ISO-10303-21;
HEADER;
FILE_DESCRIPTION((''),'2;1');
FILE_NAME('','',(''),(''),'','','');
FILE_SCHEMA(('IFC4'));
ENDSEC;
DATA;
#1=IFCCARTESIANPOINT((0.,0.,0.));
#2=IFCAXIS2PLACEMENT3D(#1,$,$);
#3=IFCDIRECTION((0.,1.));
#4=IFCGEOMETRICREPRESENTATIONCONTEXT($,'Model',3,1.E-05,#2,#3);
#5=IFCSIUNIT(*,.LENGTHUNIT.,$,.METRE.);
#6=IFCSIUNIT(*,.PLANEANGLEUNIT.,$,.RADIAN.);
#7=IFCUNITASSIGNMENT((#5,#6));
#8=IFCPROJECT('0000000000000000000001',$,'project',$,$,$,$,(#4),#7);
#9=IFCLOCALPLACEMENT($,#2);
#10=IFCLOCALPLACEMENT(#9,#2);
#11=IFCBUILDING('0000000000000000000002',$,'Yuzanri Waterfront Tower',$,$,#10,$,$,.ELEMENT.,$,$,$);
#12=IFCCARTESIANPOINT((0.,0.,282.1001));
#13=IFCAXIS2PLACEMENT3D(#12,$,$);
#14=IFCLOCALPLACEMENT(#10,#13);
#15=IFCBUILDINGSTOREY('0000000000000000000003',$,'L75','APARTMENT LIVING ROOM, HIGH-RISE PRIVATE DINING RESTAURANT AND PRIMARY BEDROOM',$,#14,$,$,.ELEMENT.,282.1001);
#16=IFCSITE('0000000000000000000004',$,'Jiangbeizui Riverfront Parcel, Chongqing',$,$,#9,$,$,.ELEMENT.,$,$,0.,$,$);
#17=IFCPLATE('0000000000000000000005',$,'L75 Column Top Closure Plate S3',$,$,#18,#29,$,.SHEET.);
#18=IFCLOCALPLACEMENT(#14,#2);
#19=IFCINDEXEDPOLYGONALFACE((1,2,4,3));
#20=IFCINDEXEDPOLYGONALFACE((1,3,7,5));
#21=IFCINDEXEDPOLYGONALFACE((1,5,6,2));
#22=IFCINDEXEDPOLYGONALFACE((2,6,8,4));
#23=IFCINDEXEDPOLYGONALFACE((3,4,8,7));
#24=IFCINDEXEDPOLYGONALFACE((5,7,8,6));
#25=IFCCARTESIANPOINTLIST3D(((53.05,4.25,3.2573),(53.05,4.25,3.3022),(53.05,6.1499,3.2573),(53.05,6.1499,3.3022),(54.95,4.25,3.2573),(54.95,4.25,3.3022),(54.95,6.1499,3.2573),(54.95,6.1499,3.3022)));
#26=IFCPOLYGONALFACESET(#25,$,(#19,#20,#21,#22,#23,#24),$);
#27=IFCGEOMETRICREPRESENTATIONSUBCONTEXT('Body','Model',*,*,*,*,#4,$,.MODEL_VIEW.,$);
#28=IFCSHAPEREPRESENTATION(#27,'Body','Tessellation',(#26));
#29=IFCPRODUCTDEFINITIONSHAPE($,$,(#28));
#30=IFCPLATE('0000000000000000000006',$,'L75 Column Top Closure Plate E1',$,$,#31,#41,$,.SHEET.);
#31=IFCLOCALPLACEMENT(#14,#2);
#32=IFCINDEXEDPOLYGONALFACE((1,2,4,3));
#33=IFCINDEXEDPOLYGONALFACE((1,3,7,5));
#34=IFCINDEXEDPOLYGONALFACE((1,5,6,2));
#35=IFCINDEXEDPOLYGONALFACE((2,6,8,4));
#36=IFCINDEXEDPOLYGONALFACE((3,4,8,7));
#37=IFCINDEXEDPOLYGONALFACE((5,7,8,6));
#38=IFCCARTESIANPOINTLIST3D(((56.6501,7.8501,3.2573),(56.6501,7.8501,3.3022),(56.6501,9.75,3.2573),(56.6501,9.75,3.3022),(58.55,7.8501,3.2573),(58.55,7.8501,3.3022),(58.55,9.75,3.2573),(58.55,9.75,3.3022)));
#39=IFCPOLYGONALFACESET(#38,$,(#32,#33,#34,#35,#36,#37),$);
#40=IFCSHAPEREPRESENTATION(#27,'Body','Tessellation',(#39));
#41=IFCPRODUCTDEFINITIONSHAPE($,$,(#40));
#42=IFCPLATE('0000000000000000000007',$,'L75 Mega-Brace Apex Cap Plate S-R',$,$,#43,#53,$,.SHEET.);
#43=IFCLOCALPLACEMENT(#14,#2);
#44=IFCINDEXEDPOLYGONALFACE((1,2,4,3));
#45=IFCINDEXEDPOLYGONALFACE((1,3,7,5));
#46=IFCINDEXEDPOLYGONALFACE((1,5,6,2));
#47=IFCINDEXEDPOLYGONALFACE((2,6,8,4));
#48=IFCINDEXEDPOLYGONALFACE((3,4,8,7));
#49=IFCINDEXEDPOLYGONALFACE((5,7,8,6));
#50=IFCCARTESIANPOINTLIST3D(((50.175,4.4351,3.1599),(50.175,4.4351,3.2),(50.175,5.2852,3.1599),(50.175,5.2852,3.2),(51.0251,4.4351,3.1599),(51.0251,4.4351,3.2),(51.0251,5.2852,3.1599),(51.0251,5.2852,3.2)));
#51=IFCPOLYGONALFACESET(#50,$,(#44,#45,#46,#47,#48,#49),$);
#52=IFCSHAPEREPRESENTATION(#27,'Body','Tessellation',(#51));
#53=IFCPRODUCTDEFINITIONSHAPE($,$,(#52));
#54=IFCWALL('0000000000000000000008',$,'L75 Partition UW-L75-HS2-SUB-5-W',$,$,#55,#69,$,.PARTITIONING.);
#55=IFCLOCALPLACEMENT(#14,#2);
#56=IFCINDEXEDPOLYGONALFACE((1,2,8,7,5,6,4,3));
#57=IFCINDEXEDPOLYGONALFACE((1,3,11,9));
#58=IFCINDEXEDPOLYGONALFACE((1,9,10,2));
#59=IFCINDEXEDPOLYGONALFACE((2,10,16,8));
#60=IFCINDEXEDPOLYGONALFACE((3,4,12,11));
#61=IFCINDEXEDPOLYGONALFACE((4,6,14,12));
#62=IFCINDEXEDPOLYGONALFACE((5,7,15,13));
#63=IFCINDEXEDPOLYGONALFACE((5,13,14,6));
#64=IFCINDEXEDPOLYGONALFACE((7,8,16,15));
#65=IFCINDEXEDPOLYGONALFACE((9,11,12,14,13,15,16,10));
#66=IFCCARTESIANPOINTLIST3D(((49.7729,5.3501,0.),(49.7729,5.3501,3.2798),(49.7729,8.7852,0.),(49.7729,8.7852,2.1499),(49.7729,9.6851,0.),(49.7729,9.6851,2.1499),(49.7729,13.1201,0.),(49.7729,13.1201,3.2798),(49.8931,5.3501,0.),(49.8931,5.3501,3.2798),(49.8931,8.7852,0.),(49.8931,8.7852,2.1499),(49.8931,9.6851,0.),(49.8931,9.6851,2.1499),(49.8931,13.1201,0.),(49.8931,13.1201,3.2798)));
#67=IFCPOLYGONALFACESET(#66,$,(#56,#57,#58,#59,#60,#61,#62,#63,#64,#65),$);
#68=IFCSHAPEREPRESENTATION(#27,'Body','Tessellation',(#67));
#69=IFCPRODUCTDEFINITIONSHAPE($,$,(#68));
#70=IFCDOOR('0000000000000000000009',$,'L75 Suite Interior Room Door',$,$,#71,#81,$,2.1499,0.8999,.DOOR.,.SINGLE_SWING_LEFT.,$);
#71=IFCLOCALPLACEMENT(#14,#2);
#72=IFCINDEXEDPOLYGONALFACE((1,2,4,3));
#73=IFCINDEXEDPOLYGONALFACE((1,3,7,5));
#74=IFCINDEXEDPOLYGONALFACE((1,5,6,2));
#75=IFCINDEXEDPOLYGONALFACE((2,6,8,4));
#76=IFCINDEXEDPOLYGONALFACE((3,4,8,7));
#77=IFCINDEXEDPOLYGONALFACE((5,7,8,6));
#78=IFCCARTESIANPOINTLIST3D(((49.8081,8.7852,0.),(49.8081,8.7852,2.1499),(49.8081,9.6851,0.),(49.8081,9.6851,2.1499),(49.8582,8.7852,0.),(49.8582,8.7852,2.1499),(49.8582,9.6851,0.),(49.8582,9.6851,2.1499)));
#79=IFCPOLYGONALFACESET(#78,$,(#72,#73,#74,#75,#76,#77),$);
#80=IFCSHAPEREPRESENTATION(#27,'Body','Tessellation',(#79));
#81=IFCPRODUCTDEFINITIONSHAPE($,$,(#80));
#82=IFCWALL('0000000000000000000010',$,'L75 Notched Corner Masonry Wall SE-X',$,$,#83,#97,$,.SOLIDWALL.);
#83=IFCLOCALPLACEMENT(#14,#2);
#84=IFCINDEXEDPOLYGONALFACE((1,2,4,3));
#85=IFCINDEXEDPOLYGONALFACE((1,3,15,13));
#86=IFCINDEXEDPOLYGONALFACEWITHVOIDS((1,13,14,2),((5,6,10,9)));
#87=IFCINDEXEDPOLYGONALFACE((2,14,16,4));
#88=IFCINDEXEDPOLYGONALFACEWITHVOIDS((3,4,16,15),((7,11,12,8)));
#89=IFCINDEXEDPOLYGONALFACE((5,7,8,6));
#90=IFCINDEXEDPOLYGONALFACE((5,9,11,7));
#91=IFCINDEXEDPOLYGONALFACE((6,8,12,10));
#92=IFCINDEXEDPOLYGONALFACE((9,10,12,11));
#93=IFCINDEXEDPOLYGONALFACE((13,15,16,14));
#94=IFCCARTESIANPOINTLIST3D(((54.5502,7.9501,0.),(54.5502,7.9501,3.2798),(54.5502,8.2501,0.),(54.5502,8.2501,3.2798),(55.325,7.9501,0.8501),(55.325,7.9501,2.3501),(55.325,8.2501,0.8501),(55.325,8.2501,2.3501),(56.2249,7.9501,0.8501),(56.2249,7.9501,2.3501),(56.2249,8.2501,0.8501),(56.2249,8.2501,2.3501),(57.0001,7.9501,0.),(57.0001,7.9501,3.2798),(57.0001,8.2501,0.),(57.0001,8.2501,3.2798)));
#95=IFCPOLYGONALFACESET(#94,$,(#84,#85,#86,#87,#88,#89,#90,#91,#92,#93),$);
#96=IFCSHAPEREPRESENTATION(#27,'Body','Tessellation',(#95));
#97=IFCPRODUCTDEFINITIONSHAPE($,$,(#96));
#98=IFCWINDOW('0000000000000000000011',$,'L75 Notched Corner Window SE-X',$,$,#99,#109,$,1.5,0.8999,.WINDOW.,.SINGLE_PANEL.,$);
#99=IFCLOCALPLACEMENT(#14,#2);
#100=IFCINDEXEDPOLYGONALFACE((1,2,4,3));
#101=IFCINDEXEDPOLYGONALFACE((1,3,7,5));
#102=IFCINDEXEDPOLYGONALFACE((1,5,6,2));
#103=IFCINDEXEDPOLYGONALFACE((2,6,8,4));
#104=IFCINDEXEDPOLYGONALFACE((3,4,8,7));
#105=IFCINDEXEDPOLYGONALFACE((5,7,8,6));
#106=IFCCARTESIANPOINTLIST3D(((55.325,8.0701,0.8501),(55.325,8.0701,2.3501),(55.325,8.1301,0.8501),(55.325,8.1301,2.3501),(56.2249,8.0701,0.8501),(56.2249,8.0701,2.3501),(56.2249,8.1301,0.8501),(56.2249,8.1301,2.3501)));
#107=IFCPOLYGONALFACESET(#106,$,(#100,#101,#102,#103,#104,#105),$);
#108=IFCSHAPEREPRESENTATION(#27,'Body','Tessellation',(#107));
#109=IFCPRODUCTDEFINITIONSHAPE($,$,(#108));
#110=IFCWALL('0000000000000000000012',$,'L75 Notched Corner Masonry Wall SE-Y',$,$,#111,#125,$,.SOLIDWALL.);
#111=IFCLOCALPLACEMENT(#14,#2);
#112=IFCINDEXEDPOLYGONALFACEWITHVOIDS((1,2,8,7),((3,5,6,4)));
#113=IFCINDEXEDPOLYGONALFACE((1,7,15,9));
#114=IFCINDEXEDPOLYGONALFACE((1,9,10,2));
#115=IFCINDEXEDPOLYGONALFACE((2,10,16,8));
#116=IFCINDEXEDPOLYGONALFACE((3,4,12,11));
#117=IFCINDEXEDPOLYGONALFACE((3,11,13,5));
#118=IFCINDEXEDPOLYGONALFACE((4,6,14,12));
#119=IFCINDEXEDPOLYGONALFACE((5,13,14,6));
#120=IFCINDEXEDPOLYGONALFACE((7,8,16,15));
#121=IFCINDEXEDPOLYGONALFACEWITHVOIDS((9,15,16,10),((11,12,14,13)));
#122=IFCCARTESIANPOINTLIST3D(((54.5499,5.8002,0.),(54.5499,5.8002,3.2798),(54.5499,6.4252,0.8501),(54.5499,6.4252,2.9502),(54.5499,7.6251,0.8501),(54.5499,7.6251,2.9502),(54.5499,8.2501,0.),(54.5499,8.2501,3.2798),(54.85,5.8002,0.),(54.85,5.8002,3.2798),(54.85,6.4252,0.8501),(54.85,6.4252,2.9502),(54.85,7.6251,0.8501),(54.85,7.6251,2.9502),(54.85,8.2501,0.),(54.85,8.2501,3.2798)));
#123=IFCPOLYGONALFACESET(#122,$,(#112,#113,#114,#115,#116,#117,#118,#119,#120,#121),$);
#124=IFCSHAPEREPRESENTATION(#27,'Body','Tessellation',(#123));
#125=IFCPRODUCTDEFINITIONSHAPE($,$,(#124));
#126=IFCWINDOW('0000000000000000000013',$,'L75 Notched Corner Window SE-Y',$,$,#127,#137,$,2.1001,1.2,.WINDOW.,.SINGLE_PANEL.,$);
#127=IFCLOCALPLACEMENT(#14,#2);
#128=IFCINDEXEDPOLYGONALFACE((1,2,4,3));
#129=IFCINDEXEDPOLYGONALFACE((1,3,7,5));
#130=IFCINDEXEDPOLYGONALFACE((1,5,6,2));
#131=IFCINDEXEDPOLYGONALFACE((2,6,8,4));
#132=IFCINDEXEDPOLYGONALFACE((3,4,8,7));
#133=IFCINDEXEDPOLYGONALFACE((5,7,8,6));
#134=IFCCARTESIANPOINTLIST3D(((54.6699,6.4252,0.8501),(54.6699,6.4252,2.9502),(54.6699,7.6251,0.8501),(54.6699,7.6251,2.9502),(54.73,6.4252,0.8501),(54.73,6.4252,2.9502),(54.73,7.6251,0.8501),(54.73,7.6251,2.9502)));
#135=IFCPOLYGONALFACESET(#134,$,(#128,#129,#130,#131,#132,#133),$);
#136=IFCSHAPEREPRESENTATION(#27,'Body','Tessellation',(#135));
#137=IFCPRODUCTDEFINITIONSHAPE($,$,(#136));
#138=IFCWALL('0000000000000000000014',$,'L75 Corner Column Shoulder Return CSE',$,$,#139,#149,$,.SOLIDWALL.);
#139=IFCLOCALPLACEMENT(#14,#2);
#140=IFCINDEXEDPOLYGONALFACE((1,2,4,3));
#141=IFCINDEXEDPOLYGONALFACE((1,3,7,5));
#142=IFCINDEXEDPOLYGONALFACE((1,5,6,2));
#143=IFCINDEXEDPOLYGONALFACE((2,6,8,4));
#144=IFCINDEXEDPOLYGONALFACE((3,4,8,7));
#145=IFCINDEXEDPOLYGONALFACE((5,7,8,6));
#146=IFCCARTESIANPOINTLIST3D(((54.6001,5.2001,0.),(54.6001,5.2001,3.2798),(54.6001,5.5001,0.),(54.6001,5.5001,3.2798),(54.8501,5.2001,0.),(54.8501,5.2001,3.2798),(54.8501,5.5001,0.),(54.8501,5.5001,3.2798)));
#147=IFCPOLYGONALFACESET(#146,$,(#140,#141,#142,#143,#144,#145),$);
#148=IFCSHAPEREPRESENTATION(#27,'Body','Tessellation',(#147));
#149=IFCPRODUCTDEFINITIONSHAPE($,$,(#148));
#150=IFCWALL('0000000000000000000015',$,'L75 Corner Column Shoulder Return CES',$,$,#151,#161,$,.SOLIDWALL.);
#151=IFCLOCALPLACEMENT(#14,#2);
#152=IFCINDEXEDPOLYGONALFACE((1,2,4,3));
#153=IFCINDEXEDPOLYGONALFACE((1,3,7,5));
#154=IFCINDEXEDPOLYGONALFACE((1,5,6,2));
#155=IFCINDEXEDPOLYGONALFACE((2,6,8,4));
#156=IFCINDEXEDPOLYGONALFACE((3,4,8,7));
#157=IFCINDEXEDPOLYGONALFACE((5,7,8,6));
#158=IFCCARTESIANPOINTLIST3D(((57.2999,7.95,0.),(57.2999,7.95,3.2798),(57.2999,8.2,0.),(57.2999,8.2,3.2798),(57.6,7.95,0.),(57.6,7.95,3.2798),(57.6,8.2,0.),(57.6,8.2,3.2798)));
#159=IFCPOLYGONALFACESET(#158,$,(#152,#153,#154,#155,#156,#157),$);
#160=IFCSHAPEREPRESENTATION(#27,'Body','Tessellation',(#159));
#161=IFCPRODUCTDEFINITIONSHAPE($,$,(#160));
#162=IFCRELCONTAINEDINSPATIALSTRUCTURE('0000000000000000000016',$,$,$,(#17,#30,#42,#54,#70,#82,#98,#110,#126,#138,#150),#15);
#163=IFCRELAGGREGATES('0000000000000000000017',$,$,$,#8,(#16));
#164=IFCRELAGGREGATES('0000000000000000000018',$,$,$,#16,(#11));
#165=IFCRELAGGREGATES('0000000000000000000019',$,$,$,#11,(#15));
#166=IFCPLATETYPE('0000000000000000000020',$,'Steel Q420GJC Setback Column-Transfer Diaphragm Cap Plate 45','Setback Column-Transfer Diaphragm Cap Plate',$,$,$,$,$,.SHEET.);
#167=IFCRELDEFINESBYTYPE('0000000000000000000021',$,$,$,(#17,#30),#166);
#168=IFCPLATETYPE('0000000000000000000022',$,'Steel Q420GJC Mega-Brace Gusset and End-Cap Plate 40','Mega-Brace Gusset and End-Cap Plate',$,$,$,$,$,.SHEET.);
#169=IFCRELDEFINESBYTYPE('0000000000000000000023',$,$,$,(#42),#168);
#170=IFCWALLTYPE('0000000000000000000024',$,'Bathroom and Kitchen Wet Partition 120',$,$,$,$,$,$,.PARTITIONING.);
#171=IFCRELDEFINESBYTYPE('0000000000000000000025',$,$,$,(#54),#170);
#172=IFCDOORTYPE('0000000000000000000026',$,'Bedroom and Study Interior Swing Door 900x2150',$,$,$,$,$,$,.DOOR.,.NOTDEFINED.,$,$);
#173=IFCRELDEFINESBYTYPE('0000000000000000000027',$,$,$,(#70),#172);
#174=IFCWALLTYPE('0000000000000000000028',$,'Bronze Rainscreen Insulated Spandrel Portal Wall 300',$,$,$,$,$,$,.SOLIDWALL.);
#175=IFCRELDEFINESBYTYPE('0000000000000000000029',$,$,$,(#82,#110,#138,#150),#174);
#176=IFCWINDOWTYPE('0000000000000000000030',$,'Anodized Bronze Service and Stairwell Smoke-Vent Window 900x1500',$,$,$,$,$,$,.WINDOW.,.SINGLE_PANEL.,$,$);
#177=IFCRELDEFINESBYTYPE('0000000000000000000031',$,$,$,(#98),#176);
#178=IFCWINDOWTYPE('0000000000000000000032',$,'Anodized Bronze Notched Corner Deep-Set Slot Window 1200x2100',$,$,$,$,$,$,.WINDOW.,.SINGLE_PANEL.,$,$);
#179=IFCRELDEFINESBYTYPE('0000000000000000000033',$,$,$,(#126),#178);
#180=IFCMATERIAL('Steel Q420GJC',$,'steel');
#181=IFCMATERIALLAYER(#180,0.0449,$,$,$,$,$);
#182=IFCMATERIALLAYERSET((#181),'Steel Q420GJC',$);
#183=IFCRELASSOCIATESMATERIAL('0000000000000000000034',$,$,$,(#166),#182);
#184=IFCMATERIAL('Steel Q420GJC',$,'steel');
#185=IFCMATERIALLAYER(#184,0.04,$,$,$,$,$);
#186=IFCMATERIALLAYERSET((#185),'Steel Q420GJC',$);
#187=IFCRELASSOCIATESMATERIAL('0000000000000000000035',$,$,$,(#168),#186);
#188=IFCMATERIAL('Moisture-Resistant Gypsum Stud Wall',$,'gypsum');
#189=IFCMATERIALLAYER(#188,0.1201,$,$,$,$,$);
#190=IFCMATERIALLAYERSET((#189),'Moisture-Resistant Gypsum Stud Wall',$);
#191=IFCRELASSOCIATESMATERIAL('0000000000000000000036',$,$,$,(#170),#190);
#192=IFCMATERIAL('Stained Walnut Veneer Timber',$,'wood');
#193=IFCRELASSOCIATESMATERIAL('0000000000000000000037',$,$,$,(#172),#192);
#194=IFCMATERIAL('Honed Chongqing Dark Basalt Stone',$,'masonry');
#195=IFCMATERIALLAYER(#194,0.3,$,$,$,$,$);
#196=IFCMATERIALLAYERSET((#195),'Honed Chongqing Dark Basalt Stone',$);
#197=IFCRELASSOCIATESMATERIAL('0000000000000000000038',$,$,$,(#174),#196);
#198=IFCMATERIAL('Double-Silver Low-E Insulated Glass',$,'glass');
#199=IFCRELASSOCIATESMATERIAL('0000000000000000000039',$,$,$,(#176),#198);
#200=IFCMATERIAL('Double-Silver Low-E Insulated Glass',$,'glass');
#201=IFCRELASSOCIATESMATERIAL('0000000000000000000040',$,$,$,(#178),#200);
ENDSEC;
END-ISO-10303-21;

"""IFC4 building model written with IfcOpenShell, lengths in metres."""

from ifc_helpers import new_model, si_unit, direction, frame, frame_2d, origin, origin_2d, place, context, subcontext, project, spatial, rectangle, extrude, source, transform, mapped, material, layer, layer_set, type_object, element, fill, save


model = new_model("IFC4")

# Units and contexts
model_context = context("Model", 3, precision=1e-05, world=origin(), true_north=direction((0.0, 1.0)))
body_context = subcontext(model_context, "Body", "Model", "MODEL_VIEW")
ifc_project = project(units=[si_unit("LENGTHUNIT", "METRE"), si_unit("PLANEANGLEUNIT", "RADIAN")], contexts=[model_context])

# Site, building, storey
site_placement = place(None, origin())
site = spatial("IfcSite", under=ifc_project, at=site_placement, Name="Jiangbeizui Riverfront Parcel, Chongqing", CompositionType="ELEMENT", RefElevation=0.0)
building_placement = place(site_placement, origin())
building = spatial("IfcBuilding", under=site, at=building_placement, Name="Yuzanri Waterfront Tower", CompositionType="ELEMENT")
storey_placement = place(building_placement, frame((0.0, 0.0, 282.1001)))
storey = spatial("IfcBuildingStorey", under=building, at=storey_placement, Name="L75", Description="APARTMENT LIVING ROOM, HIGH-RISE PRIVATE DINING RESTAURANT AND PRIMARY BEDROOM", CompositionType="ELEMENT", Elevation=282.1001)

# Plates
ifc_material_1 = material(Name="Steel Q420GJC", Category="steel")
ifc_layer_1 = layer(ifc_material_1, 0.0449)
ifc_layer_set_1 = layer_set([ifc_layer_1], Name="Steel Q420GJC")
plate_type_1 = type_object("IfcPlateType", Name="Steel Q420GJC Setback Column-Transfer Diaphragm Cap Plate 45", Description="Setback Column-Transfer Diaphragm Cap Plate", PredefinedType="SHEET", material=ifc_layer_set_1)
shared_shape_1 = source(origin(), body_context, "Body", "SweptSolid", [
    extrude(rectangle(XDim=1.8999, YDim=1.8999, at=origin_2d()), origin(), (0.0, 0.0, 1.0), 0.0449),
])
for number, where, z_axis, x_axis, name in (
    (1, (54.0, 5.2, 3.2573), (0.0, 0.0, 1.0), (1.0, 0.0, 0.0), "L75 Column Top Closure Plate S3"),
    (2, (57.6001, 8.8, 3.2573), (0.0, 0.0, 1.0), (1.0, 0.0, 0.0), "L75 Column Top Closure Plate E1"),
):
    element("IfcPlate", number, at=place(storey_placement, frame(where, z_axis=z_axis, x_axis=x_axis)), inside=storey, type_object=plate_type_1, Name=name, PredefinedType="SHEET", context=body_context, shape_type="MappedRepresentation", body=[
        mapped(shared_shape_1, transform((0.0, 0.0, 0.0), scale=1.0)),
    ])
ifc_material_2 = material(Name="Steel Q420GJC", Category="steel")
ifc_layer_2 = layer(ifc_material_2, 0.04)
ifc_layer_set_2 = layer_set([ifc_layer_2], Name="Steel Q420GJC")
plate_type_2 = type_object("IfcPlateType", Name="Steel Q420GJC Mega-Brace Gusset and End-Cap Plate 40", Description="Mega-Brace Gusset and End-Cap Plate", PredefinedType="SHEET", material=ifc_layer_set_2)
shared_shape_2 = source(origin(), body_context, "Body", "SweptSolid", [
    extrude(rectangle(XDim=0.8501, YDim=0.8501, at=origin_2d()), origin(), (0.0, 0.0, 1.0), 0.04),
])
plate_placement = place(storey_placement, frame((50.6001, 4.8601, 3.1599), z_axis=(0.0, 0.0, 1.0), x_axis=(1.0, 0.0, 0.0)))
element("IfcPlate", 3, at=plate_placement, inside=storey, type_object=plate_type_2, Name="L75 Mega-Brace Apex Cap Plate S-R", PredefinedType="SHEET", context=body_context, shape_type="MappedRepresentation", body=[
    mapped(shared_shape_2, transform((0.0, 0.0, 0.0), scale=1.0)),
])

# Wall, opening, door
ifc_material_3 = material(Name="Moisture-Resistant Gypsum Stud Wall", Category="gypsum")
ifc_layer_3 = layer(ifc_material_3, 0.1201)
ifc_layer_set_3 = layer_set([ifc_layer_3], Name="Moisture-Resistant Gypsum Stud Wall")
wall_type_1 = type_object("IfcWallType", Name="Bathroom and Kitchen Wet Partition 120", PredefinedType="PARTITIONING", material=ifc_layer_set_3)
wall_1_placement = place(storey_placement, frame((49.833, 5.3501, 0.0), z_axis=(0.0, 0.0, 1.0), x_axis=(0.0, 1.0, 0.0)))
wall_1 = element("IfcWall", 4, at=wall_1_placement, inside=storey, type_object=wall_type_1, Name="L75 Partition UW-L75-HS2-SUB-5-W", PredefinedType="PARTITIONING", context=body_context, shape_type="SweptSolid", body=[
    extrude(rectangle(XDim=7.77, YDim=0.1201, at=frame_2d((3.885, 0.0))), origin(), (0.0, 0.0, 1.0), 3.2798),
])
opening_1_placement = place(wall_1_placement, frame((3.4351, 0.0, 0.0)))
opening_1 = element("IfcOpeningElement", 5, at=opening_1_placement, cuts=wall_1, PredefinedType="OPENING", context=body_context, shape_type="SweptSolid", body=[
    extrude(rectangle(XDim=0.8999, YDim=2.1499, at=frame_2d((0.45, 1.075))), frame((0.0, 0.075, 0.0), z_axis=(0.0, -1.0, 0.0), x_axis=(1.0, 0.0, 0.0)), (0.0, 0.0, 1.0), 0.1499),
])
ifc_material_4 = material(Name="Stained Walnut Veneer Timber", Category="wood")
door_type = type_object("IfcDoorType", Name="Bedroom and Study Interior Swing Door 900x2150", OperationType="NOTDEFINED", PredefinedType="DOOR", material=ifc_material_4)
shared_shape_3 = source(origin(), body_context, "Body", "SweptSolid", [
    extrude(rectangle(XDim=0.8999, YDim=2.1499, at=frame_2d((0.45, 1.075))), frame((0.0, 0.0249, 0.0), z_axis=(0.0, -1.0, 0.0), x_axis=(1.0, 0.0, 0.0)), (0.0, 0.0, 1.0), 0.05),
])
door_placement = place(opening_1_placement, origin())
door = element("IfcDoor", 6, at=door_placement, inside=storey, type_object=door_type, Name="L75 Suite Interior Room Door", OperationType="SINGLE_SWING_LEFT", OverallHeight=2.1499, OverallWidth=0.8999, PredefinedType="DOOR", context=body_context, shape_type="MappedRepresentation", body=[
    mapped(shared_shape_3, transform((0.0, 0.0, 0.0), scale=1.0)),
])
fill(opening_1, door)

# Walls, openings, windows
ifc_material_5 = material(Name="Honed Chongqing Dark Basalt Stone", Category="masonry")
ifc_layer_4 = layer(ifc_material_5, 0.3)
ifc_layer_set_4 = layer_set([ifc_layer_4], Name="Honed Chongqing Dark Basalt Stone")
wall_type_2 = type_object("IfcWallType", Name="Bronze Rainscreen Insulated Spandrel Portal Wall 300", PredefinedType="SOLIDWALL", material=ifc_layer_set_4)
wall_2_placement = place(storey_placement, frame((54.55, 8.1001, 0.0), z_axis=(0.0, 0.0, 1.0), x_axis=(1.0, 0.0, 0.0)))
wall_2 = element("IfcWall", 7, at=wall_2_placement, inside=storey, type_object=wall_type_2, Name="L75 Notched Corner Masonry Wall SE-X", PredefinedType="SOLIDWALL", context=body_context, shape_type="SweptSolid", body=[
    extrude(rectangle(XDim=2.45, YDim=0.3, at=frame_2d((1.2251, 0.0))), origin(), (0.0, 0.0, 1.0), 3.2798),
])
opening_2_placement = place(wall_2_placement, frame((0.7749, 0.0, 0.8501)))
opening_2 = element("IfcOpeningElement", 8, at=opening_2_placement, cuts=wall_2, PredefinedType="OPENING", context=body_context, shape_type="SweptSolid", body=[
    extrude(rectangle(XDim=0.8999, YDim=1.5, at=frame_2d((0.45, 0.75))), frame((0.0, 0.165, 0.0), z_axis=(0.0, -1.0, 0.0), x_axis=(1.0, 0.0, 0.0)), (0.0, 0.0, 1.0), 0.3298),
])
ifc_material_6 = material(Name="Double-Silver Low-E Insulated Glass", Category="glass")
window_type_1 = type_object("IfcWindowType", Name="Anodized Bronze Service and Stairwell Smoke-Vent Window 900x1500", PartitioningType="SINGLE_PANEL", PredefinedType="WINDOW", material=ifc_material_6)
shared_shape_4 = source(origin(), body_context, "Body", "SweptSolid", [
    extrude(rectangle(XDim=0.8999, YDim=1.5, at=frame_2d((0.45, 0.75))), frame((0.0, 0.03, 0.0), z_axis=(0.0, -1.0, 0.0), x_axis=(1.0, 0.0, 0.0)), (0.0, 0.0, 1.0), 0.0601),
])
window_1_placement = place(opening_2_placement, origin())
window_1 = element("IfcWindow", 9, at=window_1_placement, inside=storey, type_object=window_type_1, Name="L75 Notched Corner Window SE-X", OverallHeight=1.5, OverallWidth=0.8999, PartitioningType="SINGLE_PANEL", PredefinedType="WINDOW", context=body_context, shape_type="MappedRepresentation", body=[
    mapped(shared_shape_4, transform((0.0, 0.0, 0.0), scale=1.0)),
])
fill(opening_2, window_1)
wall_3_placement = place(storey_placement, frame((54.7, 5.8, 0.0), z_axis=(0.0, 0.0, 1.0), x_axis=(0.0, 1.0, 0.0)))
wall_3 = element("IfcWall", 10, at=wall_3_placement, inside=storey, type_object=wall_type_2, Name="L75 Notched Corner Masonry Wall SE-Y", PredefinedType="SOLIDWALL", context=body_context, shape_type="SweptSolid", body=[
    extrude(rectangle(XDim=2.45, YDim=0.3, at=frame_2d((1.2251, 0.0))), origin(), (0.0, 0.0, 1.0), 3.2798),
])
opening_3_placement = place(wall_3_placement, frame((0.625, 0.0, 0.8501)))
opening_3 = element("IfcOpeningElement", 11, at=opening_3_placement, cuts=wall_3, PredefinedType="OPENING", context=body_context, shape_type="SweptSolid", body=[
    extrude(rectangle(XDim=1.2, YDim=2.1001, at=frame_2d((0.6001, 1.05))), frame((0.0, 0.165, 0.0), z_axis=(0.0, -1.0, 0.0), x_axis=(1.0, 0.0, 0.0)), (0.0, 0.0, 1.0), 0.3298),
])
ifc_material_7 = material(Name="Double-Silver Low-E Insulated Glass", Category="glass")
window_type_2 = type_object("IfcWindowType", Name="Anodized Bronze Notched Corner Deep-Set Slot Window 1200x2100", PartitioningType="SINGLE_PANEL", PredefinedType="WINDOW", material=ifc_material_7)
shared_shape_5 = source(origin(), body_context, "Body", "SweptSolid", [
    extrude(rectangle(XDim=1.2, YDim=2.1001, at=frame_2d((0.6001, 1.05))), frame((0.0, 0.03, 0.0), z_axis=(0.0, -1.0, 0.0), x_axis=(1.0, 0.0, 0.0)), (0.0, 0.0, 1.0), 0.0601),
])
window_2_placement = place(opening_3_placement, origin())
window_2 = element("IfcWindow", 12, at=window_2_placement, inside=storey, type_object=window_type_2, Name="L75 Notched Corner Window SE-Y", OverallHeight=2.1001, OverallWidth=1.2, PartitioningType="SINGLE_PANEL", PredefinedType="WINDOW", context=body_context, shape_type="MappedRepresentation", body=[
    mapped(shared_shape_5, transform((0.0, 0.0, 0.0), scale=1.0)),
])
fill(opening_3, window_2)

# Walls
shared_shape_6 = source(origin(), body_context, "Body", "SweptSolid", [
    extrude(rectangle(XDim=0.25, YDim=0.3, at=frame_2d((0.125, 0.0))), origin(), (0.0, 0.0, 1.0), 3.2798),
])
for number, where, z_axis, x_axis, name in (
    (13, (54.6001, 5.3501, 0.0), (0.0, 0.0, 1.0), (1.0, 0.0, 0.0), "L75 Corner Column Shoulder Return CSE"),
    (14, (57.45, 7.95, 0.0), (0.0, 0.0, 1.0), (0.0, 1.0, 0.0), "L75 Corner Column Shoulder Return CES"),
):
    element("IfcWall", number, at=place(storey_placement, frame(where, z_axis=z_axis, x_axis=x_axis)), inside=storey, type_object=wall_type_2, Name=name, PredefinedType="SOLIDWALL", context=body_context, shape_type="MappedRepresentation", body=[
        mapped(shared_shape_6, transform((0.0, 0.0, 0.0), scale=1.0)),
    ])

save(model, "model.ifc")
